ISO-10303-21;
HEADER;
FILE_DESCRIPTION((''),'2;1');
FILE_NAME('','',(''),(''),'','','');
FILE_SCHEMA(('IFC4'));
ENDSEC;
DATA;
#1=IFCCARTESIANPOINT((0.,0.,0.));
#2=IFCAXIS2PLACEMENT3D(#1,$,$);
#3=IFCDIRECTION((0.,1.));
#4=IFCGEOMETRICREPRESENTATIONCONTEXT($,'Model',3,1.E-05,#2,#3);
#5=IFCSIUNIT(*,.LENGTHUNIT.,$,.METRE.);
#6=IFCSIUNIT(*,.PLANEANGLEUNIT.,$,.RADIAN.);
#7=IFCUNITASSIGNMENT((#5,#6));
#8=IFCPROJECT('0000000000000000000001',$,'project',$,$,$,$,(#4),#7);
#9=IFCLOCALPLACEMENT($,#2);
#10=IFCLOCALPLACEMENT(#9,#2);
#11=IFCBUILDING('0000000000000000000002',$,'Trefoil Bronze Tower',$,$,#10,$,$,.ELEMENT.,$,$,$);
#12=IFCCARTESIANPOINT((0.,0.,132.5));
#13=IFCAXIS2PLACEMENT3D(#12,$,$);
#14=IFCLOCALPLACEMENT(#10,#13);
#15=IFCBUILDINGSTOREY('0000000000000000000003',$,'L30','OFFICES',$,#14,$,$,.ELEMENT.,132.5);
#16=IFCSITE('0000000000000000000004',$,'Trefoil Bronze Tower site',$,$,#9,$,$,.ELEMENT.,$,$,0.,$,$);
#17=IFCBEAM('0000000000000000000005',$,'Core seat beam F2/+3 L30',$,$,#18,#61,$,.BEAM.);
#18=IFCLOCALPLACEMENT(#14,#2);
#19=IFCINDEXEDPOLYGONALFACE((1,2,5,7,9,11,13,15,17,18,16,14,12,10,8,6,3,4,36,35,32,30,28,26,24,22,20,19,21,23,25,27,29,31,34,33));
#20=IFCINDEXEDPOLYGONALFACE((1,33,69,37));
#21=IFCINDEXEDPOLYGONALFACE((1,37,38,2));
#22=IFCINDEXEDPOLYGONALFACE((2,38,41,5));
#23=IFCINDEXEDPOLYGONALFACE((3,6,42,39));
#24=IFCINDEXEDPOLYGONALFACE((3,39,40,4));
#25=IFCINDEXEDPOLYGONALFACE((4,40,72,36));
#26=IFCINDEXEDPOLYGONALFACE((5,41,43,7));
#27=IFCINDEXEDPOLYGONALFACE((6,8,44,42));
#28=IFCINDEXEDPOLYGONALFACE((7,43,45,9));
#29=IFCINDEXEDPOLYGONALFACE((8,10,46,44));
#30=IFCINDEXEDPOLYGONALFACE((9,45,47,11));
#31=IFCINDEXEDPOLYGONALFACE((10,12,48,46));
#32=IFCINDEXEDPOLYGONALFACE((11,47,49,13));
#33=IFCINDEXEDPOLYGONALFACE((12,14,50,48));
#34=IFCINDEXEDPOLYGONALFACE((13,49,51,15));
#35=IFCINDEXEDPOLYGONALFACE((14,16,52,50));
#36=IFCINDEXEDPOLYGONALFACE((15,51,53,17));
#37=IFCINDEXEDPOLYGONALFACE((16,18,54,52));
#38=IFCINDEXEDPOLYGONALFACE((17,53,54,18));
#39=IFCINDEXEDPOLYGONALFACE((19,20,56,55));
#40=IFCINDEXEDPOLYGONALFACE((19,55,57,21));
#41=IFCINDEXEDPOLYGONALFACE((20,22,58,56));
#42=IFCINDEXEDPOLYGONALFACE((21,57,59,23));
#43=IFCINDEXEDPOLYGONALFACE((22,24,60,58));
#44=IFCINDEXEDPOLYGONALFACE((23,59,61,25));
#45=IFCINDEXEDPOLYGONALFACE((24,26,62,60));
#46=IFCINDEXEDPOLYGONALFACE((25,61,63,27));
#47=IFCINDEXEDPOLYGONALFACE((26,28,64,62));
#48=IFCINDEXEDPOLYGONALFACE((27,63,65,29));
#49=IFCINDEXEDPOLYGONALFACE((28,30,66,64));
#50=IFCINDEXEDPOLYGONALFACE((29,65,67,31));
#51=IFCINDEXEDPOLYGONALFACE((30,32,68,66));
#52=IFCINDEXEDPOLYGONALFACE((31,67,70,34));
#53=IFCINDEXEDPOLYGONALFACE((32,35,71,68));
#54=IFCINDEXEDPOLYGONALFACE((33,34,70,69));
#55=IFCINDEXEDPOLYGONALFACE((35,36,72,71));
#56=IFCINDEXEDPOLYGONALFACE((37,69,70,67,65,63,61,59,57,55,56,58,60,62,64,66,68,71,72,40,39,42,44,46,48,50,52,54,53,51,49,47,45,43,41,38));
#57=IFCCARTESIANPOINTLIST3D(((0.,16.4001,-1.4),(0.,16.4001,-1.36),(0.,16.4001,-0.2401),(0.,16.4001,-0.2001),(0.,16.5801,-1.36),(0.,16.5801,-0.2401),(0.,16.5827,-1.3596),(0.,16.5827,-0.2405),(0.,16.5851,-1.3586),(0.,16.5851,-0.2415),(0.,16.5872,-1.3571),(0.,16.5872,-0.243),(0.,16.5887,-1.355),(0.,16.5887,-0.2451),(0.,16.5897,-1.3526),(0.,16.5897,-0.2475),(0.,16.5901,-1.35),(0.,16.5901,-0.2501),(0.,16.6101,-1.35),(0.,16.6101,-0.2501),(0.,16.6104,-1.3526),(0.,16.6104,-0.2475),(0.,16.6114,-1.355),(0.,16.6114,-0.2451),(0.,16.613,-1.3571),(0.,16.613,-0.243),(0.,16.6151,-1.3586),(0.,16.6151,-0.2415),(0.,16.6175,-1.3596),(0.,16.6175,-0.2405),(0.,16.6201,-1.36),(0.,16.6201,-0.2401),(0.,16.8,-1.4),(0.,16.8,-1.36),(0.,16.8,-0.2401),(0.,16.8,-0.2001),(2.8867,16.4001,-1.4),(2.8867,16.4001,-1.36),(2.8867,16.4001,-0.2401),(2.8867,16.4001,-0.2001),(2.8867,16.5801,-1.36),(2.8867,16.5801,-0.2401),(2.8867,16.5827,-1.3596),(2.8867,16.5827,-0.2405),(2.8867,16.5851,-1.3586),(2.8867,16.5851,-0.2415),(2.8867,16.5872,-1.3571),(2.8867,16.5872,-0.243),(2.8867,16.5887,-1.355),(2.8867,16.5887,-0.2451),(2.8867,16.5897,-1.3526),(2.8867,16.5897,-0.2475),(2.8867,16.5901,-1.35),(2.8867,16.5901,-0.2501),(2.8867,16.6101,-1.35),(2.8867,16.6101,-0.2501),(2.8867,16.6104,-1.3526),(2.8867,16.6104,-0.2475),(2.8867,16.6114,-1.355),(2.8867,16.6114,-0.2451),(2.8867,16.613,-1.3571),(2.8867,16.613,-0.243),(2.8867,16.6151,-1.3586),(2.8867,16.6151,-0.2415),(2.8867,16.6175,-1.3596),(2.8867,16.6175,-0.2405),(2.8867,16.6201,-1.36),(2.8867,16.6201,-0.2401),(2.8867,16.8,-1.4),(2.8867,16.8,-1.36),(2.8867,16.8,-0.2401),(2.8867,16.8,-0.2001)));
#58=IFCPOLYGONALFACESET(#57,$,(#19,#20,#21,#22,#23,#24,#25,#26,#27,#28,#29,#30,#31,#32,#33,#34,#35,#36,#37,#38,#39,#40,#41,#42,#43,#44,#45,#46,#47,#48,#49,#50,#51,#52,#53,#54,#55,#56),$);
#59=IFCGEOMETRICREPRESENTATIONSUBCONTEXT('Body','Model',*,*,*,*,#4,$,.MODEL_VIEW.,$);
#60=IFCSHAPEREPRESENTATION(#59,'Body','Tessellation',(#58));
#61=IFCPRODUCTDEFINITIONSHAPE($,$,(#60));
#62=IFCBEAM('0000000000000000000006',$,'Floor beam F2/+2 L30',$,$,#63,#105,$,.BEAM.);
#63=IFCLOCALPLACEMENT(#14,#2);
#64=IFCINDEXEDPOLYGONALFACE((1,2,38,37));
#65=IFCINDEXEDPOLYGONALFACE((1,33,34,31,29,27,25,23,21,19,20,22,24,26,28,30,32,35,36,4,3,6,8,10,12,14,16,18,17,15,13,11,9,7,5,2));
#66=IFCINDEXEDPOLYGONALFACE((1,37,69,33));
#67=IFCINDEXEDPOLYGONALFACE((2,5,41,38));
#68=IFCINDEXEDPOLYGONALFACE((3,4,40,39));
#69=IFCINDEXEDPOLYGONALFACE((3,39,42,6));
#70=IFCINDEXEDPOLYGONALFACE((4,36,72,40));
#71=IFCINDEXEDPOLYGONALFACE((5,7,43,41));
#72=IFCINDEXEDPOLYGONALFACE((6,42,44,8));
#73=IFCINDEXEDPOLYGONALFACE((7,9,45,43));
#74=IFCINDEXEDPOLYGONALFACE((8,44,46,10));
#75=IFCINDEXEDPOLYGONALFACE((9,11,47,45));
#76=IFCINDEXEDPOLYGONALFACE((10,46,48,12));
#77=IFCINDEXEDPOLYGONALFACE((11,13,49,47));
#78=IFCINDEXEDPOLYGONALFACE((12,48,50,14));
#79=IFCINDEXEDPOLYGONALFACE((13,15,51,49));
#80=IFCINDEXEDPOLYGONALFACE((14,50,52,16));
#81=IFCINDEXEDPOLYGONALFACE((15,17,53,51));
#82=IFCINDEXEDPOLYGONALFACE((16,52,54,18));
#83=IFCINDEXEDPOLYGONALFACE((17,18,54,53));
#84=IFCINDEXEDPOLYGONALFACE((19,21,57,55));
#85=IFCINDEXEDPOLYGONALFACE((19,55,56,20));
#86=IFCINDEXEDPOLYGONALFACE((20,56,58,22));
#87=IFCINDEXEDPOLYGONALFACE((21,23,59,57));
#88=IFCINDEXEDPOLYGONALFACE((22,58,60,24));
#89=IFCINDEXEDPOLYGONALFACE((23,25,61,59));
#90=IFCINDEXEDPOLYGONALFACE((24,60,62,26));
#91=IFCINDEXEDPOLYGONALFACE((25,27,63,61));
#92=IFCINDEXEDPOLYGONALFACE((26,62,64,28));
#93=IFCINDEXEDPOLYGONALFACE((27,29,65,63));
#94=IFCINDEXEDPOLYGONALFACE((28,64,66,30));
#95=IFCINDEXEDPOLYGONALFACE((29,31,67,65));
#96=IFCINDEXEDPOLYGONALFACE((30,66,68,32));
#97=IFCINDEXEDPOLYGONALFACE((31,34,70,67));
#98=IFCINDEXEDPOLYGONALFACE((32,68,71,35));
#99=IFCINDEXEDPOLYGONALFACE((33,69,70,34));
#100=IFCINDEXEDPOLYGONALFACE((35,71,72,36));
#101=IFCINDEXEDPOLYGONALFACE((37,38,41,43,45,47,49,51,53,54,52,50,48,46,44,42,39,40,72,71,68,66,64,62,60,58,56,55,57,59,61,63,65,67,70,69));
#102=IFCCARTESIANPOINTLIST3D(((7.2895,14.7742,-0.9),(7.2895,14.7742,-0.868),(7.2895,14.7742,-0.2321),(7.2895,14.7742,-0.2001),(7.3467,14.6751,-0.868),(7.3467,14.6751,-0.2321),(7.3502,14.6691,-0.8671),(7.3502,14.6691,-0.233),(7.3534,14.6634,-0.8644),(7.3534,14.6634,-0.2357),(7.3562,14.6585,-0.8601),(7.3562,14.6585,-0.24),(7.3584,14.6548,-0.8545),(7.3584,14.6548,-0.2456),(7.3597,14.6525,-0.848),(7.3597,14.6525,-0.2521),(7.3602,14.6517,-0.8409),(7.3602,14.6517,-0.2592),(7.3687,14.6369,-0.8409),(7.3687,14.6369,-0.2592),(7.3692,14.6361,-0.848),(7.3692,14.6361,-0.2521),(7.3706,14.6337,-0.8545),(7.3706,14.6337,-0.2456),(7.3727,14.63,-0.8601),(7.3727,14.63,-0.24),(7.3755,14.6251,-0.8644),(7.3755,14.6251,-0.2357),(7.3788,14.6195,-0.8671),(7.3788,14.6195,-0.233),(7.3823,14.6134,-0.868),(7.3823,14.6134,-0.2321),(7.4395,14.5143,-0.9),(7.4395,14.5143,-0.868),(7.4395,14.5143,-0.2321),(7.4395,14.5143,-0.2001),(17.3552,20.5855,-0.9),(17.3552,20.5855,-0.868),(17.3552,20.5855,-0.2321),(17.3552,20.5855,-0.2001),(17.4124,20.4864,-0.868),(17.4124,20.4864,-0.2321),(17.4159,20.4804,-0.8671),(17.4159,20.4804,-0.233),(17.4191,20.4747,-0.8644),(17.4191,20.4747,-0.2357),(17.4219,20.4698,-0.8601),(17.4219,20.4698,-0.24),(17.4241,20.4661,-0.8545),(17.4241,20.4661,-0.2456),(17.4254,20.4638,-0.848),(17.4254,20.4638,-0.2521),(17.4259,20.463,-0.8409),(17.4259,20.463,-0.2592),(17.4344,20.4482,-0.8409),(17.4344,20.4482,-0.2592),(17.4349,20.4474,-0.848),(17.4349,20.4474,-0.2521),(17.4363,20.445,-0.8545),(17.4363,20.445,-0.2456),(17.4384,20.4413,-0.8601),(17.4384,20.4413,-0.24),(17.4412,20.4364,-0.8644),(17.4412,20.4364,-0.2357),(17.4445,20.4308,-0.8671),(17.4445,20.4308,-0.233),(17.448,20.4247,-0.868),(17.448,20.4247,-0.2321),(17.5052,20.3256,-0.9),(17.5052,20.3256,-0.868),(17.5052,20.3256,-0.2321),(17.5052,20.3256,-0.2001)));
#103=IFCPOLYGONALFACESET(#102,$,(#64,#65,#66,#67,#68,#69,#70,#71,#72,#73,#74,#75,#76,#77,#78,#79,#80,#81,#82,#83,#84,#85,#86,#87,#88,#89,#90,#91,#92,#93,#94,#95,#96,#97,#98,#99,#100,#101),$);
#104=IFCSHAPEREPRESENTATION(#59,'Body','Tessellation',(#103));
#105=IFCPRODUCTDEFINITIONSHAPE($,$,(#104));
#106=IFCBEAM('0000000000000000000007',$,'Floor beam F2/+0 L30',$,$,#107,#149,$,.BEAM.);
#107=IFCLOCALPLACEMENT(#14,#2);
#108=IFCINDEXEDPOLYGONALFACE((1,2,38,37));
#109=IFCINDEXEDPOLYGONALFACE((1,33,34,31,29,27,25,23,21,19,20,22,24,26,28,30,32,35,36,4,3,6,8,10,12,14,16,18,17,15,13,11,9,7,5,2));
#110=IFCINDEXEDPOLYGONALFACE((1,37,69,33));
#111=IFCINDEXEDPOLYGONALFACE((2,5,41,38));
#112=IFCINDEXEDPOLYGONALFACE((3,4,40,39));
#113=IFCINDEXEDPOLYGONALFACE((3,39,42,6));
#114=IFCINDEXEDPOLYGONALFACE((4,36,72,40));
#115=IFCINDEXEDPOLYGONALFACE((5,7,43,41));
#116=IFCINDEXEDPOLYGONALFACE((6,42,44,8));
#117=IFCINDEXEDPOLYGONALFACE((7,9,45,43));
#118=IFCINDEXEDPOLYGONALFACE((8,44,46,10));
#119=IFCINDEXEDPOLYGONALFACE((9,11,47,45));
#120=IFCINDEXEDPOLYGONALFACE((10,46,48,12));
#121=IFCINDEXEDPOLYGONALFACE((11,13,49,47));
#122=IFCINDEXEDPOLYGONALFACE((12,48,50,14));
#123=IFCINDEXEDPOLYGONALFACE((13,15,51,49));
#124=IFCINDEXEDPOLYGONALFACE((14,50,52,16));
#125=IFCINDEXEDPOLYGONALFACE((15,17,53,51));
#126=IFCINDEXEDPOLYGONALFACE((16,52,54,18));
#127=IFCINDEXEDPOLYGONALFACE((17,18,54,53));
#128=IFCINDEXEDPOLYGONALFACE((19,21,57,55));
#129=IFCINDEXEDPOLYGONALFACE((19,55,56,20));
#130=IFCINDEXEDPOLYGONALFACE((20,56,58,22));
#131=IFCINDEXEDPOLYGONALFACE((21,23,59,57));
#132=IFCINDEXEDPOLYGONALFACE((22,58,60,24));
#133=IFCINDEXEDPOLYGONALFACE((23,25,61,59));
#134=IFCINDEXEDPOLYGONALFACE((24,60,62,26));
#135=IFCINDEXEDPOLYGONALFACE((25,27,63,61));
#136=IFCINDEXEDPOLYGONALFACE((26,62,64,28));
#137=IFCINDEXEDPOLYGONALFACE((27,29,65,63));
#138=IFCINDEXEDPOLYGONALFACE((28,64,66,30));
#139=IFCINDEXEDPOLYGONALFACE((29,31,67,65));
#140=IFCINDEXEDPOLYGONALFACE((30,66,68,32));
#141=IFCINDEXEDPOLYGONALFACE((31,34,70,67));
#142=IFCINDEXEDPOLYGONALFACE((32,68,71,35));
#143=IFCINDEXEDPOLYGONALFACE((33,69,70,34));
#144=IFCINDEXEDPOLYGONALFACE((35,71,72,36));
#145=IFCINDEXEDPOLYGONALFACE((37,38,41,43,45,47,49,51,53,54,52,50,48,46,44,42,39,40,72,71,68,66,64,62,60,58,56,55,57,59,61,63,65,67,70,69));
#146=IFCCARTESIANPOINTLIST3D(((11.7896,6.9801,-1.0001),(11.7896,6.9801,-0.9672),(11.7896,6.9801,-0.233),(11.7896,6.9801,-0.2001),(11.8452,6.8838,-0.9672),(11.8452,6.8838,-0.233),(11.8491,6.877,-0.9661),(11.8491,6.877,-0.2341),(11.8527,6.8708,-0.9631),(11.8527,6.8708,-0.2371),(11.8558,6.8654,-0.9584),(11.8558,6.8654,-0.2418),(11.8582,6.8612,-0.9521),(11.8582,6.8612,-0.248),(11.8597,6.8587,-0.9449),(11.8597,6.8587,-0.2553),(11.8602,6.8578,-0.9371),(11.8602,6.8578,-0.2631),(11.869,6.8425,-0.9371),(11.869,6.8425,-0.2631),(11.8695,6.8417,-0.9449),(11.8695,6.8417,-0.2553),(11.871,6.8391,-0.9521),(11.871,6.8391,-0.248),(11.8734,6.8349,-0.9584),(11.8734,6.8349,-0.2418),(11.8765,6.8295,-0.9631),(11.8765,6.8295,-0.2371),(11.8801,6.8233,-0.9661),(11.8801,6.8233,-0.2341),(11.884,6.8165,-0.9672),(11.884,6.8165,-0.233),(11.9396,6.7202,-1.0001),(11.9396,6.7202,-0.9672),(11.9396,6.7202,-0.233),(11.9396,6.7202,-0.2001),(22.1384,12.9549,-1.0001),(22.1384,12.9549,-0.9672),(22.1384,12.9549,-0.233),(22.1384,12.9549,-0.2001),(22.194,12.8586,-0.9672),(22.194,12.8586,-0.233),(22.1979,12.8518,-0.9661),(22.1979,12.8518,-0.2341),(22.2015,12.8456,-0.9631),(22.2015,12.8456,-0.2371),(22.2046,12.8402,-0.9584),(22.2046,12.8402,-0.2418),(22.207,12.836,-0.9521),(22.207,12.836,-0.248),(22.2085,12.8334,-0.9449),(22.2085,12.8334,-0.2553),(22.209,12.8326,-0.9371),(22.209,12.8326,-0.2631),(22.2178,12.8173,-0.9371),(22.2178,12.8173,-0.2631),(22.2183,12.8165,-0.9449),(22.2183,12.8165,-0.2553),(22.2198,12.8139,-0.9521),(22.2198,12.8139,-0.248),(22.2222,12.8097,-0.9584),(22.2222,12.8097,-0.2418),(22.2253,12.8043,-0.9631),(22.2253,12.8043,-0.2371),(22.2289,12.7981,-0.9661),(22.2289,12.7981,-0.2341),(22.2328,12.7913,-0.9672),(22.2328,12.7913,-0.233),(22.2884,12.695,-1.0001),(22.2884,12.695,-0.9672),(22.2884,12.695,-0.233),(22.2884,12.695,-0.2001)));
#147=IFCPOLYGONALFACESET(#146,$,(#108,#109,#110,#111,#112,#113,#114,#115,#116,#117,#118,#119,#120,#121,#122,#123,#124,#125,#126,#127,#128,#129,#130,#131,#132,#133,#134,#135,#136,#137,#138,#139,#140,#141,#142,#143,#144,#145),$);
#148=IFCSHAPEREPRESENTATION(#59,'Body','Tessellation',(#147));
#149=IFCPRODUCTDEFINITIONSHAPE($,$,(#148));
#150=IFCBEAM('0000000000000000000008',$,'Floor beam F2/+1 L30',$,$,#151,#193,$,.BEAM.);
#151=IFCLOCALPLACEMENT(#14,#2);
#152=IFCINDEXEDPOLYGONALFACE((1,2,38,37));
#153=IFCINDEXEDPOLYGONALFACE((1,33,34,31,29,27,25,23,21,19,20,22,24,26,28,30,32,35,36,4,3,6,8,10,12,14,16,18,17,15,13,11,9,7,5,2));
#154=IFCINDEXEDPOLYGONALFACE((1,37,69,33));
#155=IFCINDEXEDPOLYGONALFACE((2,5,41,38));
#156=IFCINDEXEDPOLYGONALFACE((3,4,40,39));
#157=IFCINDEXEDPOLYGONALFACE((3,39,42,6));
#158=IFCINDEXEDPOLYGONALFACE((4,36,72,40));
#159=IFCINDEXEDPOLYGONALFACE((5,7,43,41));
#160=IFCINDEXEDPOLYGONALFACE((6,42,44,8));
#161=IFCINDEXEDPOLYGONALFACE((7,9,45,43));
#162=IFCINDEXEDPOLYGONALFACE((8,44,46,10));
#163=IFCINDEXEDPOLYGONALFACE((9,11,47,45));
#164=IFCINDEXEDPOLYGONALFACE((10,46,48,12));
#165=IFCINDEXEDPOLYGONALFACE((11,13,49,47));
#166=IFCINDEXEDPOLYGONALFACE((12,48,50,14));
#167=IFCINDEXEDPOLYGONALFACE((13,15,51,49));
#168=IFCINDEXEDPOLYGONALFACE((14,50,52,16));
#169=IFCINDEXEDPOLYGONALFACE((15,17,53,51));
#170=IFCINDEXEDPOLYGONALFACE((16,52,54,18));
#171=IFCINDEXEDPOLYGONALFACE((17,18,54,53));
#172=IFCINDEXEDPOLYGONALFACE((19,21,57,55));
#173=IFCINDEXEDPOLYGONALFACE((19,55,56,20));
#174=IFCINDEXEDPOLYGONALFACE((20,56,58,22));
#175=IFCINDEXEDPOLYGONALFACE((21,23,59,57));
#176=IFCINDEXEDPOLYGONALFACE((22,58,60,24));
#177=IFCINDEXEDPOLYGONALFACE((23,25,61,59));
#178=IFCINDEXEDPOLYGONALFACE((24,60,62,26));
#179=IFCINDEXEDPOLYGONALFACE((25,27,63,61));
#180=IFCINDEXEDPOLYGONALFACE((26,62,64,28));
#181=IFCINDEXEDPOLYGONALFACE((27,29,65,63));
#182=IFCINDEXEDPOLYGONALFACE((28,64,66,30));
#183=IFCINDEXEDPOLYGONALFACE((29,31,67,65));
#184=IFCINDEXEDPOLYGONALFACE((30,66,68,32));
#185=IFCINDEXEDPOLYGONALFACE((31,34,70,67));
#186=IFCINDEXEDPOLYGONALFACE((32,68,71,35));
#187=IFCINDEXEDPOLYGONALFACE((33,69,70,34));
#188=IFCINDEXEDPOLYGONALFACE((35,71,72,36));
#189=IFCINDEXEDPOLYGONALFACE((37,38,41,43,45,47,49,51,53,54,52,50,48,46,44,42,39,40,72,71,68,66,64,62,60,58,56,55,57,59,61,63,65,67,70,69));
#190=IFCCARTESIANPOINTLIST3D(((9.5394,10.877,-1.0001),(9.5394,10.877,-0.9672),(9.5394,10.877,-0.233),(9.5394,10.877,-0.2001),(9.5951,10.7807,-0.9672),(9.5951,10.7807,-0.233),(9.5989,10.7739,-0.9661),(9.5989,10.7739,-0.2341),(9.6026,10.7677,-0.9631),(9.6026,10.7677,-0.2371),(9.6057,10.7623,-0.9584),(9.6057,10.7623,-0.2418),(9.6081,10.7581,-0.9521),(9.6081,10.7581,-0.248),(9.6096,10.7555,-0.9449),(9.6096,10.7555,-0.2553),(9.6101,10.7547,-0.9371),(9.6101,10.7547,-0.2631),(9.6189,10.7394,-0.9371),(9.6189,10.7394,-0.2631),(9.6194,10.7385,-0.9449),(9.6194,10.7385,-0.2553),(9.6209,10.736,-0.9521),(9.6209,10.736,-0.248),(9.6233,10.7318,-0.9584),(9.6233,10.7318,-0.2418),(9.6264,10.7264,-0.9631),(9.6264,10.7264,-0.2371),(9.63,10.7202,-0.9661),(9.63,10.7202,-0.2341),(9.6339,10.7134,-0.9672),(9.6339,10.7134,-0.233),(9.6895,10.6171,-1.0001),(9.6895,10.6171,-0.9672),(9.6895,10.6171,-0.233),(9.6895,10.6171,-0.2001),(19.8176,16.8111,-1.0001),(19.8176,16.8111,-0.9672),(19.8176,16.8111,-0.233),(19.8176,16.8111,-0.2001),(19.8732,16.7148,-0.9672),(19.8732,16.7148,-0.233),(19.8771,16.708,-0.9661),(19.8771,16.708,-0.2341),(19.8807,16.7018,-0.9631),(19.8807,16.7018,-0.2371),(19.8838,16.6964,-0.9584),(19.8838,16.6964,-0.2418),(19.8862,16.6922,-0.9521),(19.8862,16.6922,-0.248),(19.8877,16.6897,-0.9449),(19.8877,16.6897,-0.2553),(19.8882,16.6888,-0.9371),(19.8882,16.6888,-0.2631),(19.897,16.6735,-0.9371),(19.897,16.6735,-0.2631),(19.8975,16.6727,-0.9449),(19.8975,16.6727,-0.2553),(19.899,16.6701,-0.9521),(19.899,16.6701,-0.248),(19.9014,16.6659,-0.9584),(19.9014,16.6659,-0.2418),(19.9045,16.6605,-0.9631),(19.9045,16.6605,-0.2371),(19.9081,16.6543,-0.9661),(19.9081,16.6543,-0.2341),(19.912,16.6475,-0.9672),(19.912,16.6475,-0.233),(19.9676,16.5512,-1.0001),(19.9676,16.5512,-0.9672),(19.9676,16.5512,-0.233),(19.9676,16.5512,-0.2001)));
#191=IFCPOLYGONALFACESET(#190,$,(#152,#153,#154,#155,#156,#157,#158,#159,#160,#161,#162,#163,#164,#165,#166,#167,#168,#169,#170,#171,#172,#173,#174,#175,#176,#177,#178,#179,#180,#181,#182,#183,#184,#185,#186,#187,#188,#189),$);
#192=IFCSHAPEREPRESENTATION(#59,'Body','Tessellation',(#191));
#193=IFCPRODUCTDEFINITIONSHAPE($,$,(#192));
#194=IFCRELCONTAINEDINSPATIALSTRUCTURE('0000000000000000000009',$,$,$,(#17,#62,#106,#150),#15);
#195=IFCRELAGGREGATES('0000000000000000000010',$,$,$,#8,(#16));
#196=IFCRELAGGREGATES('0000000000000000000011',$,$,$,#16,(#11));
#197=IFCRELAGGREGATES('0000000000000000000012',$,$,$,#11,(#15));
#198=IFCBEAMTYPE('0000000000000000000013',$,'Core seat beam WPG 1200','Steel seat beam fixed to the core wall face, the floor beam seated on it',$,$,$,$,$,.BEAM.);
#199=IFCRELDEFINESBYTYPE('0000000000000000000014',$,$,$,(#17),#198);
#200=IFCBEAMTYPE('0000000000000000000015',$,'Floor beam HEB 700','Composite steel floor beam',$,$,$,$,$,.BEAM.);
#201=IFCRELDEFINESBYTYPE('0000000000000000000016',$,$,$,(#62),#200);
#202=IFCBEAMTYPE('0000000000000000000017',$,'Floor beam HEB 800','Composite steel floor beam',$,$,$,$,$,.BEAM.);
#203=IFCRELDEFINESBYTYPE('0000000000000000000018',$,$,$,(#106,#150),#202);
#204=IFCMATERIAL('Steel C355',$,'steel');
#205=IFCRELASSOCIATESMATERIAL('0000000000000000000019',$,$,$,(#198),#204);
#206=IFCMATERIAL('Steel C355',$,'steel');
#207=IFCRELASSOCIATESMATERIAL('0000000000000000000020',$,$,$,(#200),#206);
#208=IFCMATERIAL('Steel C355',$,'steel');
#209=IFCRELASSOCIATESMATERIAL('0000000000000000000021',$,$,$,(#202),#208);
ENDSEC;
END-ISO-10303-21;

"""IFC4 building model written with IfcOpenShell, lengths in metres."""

from ifc_helpers import new_model, si_unit, direction, frame, origin, origin_2d, place, context, subcontext, project, spatial, i_section, extrude, material, material_profile, profile_set, type_object, element, save


model = new_model("IFC4")

# Units and contexts
model_context = context("Model", 3, precision=1e-05, world=origin(), true_north=direction((0.0, 1.0)))
body_context = subcontext(model_context, "Body", "Model", "MODEL_VIEW")
ifc_project = project(units=[si_unit("LENGTHUNIT", "METRE"), si_unit("PLANEANGLEUNIT", "RADIAN")], contexts=[model_context])

# Site, building, storey
site_placement = place(None, origin())
site = spatial("IfcSite", under=ifc_project, at=site_placement, Name="Trefoil Bronze Tower site", CompositionType="ELEMENT", RefElevation=0.0)
building_placement = place(site_placement, origin())
building = spatial("IfcBuilding", under=site, at=building_placement, Name="Trefoil Bronze Tower", CompositionType="ELEMENT")
storey_placement = place(building_placement, frame((0.0, 0.0, 132.5)))
storey = spatial("IfcBuildingStorey", under=building, at=storey_placement, Name="L30", Description="OFFICES", CompositionType="ELEMENT", Elevation=132.5)

# Beams
ifc_material_1 = material(Name="Steel C355", Category="steel")
ifc_material_profile_1 = material_profile(ifc_material_1, i_section(OverallWidth=0.3999, OverallDepth=1.2, WebThickness=0.02, FlangeThickness=0.04, FilletRadius=0.01, at=origin_2d()), Name="WPG 1200")
ifc_profile_set_1 = profile_set([ifc_material_profile_1], Name="Steel C355")
beam_type_1 = type_object("IfcBeamType", Name="Core seat beam WPG 1200", Description="Steel seat beam fixed to the core wall face, the floor beam seated on it", PredefinedType="BEAM", material=ifc_profile_set_1)
beam_1_placement = place(storey_placement, frame((2.8867, 16.6001, -0.8), z_axis=(-1.0, 0.0, 0.0), x_axis=(0.0, -1.0, 0.0)))
element("IfcBeam", 1, at=beam_1_placement, inside=storey, type_object=beam_type_1, Name="Core seat beam F2/+3 L30", PredefinedType="BEAM", context=body_context, shape_type="SweptSolid", body=[
    extrude(i_section(OverallWidth=0.3999, OverallDepth=1.2, WebThickness=0.02, FlangeThickness=0.04, FilletRadius=0.01, at=origin_2d()), origin(), (0.0, 0.0, 1.0), 2.8867),
])
ifc_material_2 = material(Name="Steel C355", Category="steel")
ifc_material_profile_2 = material_profile(ifc_material_2, i_section(OverallWidth=0.3, OverallDepth=0.7, WebThickness=0.0171, FlangeThickness=0.032, FilletRadius=0.0271, at=origin_2d()), Name="HEB 700")
ifc_profile_set_2 = profile_set([ifc_material_profile_2], Name="Steel C355")
beam_type_2 = type_object("IfcBeamType", Name="Floor beam HEB 700", Description="Composite steel floor beam", PredefinedType="BEAM", material=ifc_profile_set_2)
beam_2_placement = place(storey_placement, frame((17.4302, 20.4556, -0.55), z_axis=(-0.866031, -0.499991, 0.0), x_axis=(0.499991, -0.866031, 0.0)))
element("IfcBeam", 2, at=beam_2_placement, inside=storey, type_object=beam_type_2, Name="Floor beam F2/+2 L30", PredefinedType="BEAM", context=body_context, shape_type="SweptSolid", body=[
    extrude(i_section(OverallWidth=0.3, OverallDepth=0.7, WebThickness=0.0171, FlangeThickness=0.032, FilletRadius=0.0271, at=origin_2d()), origin(), (0.0, 0.0, 1.0), 11.6228),
])
ifc_material_3 = material(Name="Steel C355", Category="steel")
ifc_material_profile_3 = material_profile(ifc_material_3, i_section(OverallWidth=0.3, OverallDepth=0.8, WebThickness=0.0176, FlangeThickness=0.033, FilletRadius=0.03, at=origin_2d()), Name="HEB 800")
ifc_profile_set_3 = profile_set([ifc_material_profile_3], Name="Steel C355")
beam_type_3 = type_object("IfcBeamType", Name="Floor beam HEB 800", Description="Composite steel floor beam", PredefinedType="BEAM", material=ifc_profile_set_3)
beam_3_placement = place(storey_placement, frame((22.2134, 12.825, -0.6001), z_axis=(-0.866028, -0.499995, 0.0), x_axis=(0.499995, -0.866028, 0.0)))
element("IfcBeam", 3, at=beam_3_placement, inside=storey, type_object=beam_type_3, Name="Floor beam F2/+0 L30", PredefinedType="BEAM", context=body_context, shape_type="SweptSolid", body=[
    extrude(i_section(OverallWidth=0.3, OverallDepth=0.8, WebThickness=0.0176, FlangeThickness=0.033, FilletRadius=0.03, at=origin_2d()), origin(), (0.0, 0.0, 1.0), 11.9497),
])
beam_4_placement = place(storey_placement, frame((19.8926, 16.6812, -0.6001), z_axis=(-0.866024, -0.500002, 0.0), x_axis=(0.500002, -0.866024, 0.0)))
element("IfcBeam", 4, at=beam_4_placement, inside=storey, type_object=beam_type_3, Name="Floor beam F2/+1 L30", PredefinedType="BEAM", context=body_context, shape_type="SweptSolid", body=[
    extrude(i_section(OverallWidth=0.3, OverallDepth=0.8, WebThickness=0.0176, FlangeThickness=0.033, FilletRadius=0.03, at=origin_2d()), origin(), (0.0, 0.0, 1.0), 11.8682),
])

save(model, "model.ifc")
